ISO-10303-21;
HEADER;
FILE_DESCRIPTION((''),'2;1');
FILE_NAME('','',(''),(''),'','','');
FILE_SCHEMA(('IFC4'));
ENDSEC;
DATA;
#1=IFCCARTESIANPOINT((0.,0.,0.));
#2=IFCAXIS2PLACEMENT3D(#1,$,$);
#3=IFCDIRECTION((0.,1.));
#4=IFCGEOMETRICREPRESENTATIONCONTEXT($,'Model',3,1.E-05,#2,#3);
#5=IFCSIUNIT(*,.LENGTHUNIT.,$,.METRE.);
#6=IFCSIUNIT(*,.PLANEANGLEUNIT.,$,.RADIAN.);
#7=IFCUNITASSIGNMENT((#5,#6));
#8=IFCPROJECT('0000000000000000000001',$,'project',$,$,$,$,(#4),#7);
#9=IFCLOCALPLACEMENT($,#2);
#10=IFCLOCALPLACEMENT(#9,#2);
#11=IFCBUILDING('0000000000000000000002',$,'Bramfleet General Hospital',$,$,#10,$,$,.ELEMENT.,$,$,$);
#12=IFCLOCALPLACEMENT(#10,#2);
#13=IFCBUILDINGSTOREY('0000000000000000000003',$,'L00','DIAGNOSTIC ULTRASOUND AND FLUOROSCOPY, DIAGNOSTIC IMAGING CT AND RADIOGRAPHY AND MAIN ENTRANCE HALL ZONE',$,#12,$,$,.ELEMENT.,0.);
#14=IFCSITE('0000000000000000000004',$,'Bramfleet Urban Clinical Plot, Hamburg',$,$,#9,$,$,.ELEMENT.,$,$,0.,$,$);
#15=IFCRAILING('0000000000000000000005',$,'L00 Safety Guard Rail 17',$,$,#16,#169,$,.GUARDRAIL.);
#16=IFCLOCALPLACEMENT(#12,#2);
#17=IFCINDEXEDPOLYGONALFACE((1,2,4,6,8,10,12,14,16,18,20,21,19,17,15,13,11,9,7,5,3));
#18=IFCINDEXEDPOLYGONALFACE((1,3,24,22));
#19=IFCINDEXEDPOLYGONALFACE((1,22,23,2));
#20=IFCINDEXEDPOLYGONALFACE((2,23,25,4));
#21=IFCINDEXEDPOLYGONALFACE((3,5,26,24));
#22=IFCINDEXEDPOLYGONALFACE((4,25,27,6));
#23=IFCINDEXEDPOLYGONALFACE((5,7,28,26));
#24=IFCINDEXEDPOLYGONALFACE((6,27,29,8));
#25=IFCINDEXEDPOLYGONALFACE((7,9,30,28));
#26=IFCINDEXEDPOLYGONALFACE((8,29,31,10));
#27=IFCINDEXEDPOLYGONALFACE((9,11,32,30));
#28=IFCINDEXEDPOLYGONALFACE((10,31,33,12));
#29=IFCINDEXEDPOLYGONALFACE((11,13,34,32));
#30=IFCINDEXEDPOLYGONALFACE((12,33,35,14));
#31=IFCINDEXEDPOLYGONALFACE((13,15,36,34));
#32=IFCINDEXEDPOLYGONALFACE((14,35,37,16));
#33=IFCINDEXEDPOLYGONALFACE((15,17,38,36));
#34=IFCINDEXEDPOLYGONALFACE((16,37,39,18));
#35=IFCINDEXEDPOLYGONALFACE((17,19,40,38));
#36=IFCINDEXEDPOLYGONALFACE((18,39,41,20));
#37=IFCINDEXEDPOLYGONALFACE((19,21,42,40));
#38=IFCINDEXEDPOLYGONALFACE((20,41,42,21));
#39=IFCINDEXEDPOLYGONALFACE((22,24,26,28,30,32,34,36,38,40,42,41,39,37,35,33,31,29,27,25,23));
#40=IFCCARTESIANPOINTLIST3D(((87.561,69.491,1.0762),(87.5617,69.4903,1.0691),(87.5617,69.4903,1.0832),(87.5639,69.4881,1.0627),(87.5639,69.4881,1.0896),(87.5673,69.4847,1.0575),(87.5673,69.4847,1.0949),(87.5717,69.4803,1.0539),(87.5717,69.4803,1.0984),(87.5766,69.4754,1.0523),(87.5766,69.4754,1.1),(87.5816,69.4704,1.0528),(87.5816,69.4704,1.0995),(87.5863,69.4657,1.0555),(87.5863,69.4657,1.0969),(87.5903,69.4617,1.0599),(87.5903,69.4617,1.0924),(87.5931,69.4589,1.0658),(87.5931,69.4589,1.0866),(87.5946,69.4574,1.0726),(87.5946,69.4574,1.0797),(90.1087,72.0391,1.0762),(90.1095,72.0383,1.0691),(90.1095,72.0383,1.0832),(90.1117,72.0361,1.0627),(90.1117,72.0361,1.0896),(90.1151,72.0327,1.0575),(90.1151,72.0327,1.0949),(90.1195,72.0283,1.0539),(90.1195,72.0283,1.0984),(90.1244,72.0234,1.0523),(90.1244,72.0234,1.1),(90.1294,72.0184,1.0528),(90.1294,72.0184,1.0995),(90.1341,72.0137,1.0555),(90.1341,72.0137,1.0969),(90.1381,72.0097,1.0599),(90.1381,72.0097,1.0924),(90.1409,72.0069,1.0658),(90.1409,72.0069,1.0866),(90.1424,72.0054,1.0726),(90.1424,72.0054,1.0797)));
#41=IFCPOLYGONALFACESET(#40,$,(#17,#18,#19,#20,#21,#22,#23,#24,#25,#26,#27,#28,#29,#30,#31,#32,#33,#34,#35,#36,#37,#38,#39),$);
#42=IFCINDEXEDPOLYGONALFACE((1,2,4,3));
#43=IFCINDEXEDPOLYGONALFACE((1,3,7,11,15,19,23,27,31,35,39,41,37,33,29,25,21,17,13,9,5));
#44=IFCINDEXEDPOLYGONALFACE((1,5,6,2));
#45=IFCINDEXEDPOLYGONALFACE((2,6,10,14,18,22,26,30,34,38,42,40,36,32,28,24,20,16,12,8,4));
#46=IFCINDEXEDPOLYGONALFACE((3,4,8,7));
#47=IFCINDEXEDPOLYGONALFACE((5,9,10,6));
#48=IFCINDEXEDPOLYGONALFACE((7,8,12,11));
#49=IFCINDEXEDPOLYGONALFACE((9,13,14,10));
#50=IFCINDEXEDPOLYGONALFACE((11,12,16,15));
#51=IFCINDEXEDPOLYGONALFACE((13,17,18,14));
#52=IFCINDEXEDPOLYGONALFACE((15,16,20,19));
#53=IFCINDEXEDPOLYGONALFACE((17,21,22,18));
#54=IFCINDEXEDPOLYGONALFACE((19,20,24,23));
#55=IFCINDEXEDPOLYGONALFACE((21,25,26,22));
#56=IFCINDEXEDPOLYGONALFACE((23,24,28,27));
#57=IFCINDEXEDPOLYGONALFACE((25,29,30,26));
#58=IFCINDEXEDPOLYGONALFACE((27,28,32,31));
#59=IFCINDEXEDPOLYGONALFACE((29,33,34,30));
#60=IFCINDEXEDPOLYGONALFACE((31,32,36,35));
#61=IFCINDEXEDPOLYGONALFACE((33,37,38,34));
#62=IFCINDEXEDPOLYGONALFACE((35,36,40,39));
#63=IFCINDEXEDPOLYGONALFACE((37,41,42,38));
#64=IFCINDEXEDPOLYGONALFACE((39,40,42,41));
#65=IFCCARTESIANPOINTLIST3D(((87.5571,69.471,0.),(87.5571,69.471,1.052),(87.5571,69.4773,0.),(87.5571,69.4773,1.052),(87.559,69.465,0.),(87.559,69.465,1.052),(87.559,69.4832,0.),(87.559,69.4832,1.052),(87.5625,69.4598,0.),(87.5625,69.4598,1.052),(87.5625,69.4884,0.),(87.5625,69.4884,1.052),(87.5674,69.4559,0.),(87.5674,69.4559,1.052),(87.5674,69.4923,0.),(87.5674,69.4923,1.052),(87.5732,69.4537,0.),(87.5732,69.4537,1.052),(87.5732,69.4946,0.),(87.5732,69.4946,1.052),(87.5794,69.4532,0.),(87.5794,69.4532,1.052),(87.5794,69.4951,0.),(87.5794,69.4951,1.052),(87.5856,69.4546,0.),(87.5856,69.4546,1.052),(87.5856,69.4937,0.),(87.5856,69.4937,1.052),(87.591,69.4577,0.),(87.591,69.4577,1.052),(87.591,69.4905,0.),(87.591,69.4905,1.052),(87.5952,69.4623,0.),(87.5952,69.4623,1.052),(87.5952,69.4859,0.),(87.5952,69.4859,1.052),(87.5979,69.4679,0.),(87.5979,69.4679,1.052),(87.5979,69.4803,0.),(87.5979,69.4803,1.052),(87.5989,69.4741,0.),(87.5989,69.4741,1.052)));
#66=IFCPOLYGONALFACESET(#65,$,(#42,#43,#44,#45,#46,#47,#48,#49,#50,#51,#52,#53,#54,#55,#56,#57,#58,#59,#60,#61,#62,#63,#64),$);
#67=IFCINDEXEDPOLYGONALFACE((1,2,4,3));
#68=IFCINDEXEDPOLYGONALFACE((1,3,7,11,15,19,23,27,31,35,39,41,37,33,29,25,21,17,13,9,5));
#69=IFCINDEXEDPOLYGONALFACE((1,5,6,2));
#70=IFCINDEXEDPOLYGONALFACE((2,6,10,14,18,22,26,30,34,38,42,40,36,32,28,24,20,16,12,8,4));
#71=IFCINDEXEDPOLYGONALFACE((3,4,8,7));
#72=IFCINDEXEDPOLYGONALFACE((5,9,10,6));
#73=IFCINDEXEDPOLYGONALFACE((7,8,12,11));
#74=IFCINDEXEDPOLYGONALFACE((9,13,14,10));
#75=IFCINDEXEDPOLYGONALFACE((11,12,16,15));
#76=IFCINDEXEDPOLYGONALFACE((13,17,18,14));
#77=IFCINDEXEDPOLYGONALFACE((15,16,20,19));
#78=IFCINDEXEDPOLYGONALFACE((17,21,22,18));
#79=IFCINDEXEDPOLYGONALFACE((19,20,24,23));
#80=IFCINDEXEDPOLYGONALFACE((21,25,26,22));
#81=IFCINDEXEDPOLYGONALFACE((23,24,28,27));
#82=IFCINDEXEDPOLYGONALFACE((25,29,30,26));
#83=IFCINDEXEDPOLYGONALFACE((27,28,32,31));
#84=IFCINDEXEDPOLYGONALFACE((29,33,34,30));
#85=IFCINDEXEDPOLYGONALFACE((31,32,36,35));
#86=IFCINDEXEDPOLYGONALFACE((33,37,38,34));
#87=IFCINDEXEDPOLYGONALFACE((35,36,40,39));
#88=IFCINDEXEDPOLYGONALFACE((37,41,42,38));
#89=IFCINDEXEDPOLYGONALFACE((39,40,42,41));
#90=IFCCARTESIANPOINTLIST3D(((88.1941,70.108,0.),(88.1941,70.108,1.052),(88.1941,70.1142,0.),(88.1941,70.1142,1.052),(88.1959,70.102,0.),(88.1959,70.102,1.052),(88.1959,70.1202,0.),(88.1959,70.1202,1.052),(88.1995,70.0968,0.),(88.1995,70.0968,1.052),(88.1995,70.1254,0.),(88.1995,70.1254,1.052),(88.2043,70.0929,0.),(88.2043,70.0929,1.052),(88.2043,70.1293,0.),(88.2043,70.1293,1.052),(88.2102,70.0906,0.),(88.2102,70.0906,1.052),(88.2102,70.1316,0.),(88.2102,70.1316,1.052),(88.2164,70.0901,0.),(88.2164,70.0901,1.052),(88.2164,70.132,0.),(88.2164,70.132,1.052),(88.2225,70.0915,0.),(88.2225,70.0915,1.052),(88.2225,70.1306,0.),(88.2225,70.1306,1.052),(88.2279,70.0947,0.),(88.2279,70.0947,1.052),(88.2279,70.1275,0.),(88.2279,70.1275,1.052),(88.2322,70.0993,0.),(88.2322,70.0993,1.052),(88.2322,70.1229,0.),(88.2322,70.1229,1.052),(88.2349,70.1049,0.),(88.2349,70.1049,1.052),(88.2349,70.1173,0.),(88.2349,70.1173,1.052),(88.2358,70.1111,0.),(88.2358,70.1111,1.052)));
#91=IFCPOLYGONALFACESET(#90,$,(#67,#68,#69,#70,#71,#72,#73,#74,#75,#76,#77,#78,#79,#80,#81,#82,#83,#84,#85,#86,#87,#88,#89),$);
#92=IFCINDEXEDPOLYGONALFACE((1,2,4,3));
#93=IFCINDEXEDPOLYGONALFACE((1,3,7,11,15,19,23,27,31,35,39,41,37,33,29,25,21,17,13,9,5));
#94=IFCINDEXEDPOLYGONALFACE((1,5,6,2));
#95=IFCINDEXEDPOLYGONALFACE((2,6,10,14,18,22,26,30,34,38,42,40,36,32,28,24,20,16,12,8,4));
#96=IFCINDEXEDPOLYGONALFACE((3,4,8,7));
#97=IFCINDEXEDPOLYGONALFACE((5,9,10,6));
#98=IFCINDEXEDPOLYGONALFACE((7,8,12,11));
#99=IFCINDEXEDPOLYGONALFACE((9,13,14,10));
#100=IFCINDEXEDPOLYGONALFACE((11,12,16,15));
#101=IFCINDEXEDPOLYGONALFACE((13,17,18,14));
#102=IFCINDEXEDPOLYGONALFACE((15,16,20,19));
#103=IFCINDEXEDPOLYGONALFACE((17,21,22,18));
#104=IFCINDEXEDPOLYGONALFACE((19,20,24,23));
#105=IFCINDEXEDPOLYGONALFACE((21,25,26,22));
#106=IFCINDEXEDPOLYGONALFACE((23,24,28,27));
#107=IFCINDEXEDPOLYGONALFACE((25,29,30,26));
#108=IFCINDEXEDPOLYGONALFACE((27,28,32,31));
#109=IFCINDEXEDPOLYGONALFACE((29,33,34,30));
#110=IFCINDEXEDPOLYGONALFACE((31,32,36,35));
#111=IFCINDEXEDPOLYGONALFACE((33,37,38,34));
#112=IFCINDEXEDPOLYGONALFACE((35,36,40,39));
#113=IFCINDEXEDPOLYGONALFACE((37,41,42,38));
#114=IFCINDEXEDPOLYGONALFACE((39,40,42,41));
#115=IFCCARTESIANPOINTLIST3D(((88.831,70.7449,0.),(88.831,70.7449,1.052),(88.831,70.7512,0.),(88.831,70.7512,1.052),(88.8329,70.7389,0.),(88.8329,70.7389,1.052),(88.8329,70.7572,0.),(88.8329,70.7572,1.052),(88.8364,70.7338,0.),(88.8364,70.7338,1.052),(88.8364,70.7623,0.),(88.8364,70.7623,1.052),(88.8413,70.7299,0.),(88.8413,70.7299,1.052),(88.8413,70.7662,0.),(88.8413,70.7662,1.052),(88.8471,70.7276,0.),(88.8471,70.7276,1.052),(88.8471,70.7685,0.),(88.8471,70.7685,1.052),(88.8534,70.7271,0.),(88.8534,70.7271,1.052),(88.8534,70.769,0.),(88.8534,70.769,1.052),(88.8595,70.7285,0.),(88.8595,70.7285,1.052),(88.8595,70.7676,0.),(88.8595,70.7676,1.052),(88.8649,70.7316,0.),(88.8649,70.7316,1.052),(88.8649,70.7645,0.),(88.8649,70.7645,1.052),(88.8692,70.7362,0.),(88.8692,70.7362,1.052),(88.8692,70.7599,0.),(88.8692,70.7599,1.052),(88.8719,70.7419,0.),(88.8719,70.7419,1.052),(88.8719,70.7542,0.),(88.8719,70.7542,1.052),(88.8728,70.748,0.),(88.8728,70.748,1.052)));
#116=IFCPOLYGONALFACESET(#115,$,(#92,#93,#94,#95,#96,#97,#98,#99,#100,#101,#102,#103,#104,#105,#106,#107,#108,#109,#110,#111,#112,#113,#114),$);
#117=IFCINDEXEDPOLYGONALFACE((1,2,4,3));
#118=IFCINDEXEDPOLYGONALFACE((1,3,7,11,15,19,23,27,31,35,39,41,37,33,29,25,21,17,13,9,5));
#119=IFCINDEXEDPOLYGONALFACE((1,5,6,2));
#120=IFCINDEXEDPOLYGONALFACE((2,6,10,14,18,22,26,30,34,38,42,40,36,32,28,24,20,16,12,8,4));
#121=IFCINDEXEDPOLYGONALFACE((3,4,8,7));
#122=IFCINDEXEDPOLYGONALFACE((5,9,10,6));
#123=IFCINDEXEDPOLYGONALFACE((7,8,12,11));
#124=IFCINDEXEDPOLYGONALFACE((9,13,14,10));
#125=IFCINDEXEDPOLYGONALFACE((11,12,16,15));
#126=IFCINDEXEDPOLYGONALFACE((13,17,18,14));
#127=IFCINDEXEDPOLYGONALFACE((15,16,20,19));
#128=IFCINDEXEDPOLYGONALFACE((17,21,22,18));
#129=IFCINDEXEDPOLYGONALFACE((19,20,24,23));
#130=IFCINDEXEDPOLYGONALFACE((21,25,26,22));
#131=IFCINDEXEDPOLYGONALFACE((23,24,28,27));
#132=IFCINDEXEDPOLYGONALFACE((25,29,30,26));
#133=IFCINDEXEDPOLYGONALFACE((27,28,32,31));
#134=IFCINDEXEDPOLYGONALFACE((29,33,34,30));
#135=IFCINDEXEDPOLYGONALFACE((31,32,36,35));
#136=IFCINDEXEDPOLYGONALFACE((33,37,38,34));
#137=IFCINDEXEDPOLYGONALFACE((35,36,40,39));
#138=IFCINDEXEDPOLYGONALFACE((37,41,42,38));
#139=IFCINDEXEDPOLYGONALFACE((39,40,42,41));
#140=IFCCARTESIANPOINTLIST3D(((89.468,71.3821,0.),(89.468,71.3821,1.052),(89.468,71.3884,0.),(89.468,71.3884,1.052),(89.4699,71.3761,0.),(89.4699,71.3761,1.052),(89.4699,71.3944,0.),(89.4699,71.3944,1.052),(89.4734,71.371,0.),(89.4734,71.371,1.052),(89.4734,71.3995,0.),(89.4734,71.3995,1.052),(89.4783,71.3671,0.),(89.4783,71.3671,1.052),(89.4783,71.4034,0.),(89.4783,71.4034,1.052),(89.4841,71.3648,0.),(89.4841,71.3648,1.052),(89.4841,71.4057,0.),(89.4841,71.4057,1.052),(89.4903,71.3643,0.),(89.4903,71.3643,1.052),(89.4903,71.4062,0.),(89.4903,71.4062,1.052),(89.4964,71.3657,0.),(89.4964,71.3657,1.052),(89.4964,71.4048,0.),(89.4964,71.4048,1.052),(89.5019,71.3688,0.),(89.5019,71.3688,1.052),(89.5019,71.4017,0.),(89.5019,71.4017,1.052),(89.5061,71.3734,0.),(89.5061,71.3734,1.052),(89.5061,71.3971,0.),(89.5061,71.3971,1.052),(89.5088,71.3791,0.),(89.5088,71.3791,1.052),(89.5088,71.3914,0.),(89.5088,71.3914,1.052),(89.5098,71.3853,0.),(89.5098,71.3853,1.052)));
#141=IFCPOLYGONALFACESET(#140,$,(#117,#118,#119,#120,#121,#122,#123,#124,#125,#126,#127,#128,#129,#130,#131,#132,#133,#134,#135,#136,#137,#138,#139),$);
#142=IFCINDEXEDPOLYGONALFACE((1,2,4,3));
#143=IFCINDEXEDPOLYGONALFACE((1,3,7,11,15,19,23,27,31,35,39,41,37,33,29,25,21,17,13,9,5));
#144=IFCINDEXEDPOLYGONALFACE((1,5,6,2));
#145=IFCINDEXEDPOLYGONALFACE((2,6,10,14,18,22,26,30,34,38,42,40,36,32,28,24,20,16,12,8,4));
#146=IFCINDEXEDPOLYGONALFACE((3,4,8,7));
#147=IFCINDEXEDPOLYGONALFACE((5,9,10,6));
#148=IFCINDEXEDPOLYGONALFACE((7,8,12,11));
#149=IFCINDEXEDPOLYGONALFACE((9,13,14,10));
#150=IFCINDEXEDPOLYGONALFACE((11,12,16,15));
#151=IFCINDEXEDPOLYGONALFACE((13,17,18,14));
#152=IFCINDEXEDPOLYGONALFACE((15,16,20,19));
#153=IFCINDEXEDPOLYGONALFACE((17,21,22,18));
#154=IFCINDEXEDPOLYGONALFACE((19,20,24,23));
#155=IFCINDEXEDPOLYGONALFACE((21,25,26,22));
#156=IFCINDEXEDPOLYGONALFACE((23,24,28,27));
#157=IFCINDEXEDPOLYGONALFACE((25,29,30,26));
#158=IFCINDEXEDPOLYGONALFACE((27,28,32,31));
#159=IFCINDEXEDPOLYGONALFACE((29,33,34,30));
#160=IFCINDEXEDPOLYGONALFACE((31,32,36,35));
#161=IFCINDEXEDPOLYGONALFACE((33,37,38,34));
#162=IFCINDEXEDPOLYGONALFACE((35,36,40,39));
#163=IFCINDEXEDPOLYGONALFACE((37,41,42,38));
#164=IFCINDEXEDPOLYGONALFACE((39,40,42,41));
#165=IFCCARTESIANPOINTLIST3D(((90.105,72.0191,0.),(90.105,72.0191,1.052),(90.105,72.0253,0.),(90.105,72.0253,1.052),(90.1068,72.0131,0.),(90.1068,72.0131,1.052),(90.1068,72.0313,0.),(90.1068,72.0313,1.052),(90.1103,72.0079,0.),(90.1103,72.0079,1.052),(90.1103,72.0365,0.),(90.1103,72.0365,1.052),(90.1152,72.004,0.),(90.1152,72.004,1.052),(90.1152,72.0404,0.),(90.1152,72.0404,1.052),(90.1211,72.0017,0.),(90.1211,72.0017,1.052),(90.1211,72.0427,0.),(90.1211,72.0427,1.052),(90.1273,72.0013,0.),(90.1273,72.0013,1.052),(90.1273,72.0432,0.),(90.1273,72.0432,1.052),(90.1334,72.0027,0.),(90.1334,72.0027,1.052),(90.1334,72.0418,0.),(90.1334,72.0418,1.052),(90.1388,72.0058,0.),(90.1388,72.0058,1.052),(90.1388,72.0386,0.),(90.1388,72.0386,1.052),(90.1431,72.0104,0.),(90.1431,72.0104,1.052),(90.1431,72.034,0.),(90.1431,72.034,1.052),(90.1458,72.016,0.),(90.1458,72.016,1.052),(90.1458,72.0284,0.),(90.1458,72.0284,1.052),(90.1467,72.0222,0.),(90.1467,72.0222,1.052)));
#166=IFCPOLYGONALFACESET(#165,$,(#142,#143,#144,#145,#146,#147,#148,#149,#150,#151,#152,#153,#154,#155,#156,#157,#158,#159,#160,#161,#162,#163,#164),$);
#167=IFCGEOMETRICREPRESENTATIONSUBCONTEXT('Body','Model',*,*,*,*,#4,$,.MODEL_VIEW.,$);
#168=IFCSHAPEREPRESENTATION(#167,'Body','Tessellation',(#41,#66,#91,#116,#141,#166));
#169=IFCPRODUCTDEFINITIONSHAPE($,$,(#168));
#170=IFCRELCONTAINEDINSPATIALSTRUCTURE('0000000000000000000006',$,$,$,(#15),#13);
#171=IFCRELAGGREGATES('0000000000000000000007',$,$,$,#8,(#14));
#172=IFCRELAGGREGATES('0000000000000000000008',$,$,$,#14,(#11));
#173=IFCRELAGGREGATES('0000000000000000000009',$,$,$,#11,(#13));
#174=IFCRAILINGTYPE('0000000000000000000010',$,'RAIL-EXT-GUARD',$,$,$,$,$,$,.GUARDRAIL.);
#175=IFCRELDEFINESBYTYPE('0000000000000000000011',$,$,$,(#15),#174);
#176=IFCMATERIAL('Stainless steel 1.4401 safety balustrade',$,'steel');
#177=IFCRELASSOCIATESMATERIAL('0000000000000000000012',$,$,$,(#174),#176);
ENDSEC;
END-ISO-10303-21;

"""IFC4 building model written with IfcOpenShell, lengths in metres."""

from ifc_helpers import new_model, si_unit, direction, frame, origin, origin_2d, place, context, subcontext, project, spatial, circle, extrude, material, type_object, element, save


model = new_model("IFC4")

# Units and contexts
model_context = context("Model", 3, precision=1e-05, world=origin(), true_north=direction((0.0, 1.0)))
body_context = subcontext(model_context, "Body", "Model", "MODEL_VIEW")
ifc_project = project(units=[si_unit("LENGTHUNIT", "METRE"), si_unit("PLANEANGLEUNIT", "RADIAN")], contexts=[model_context])

# Site, building, storey
site_placement = place(None, origin())
site = spatial("IfcSite", under=ifc_project, at=site_placement, Name="Bramfleet Urban Clinical Plot, Hamburg", CompositionType="ELEMENT", RefElevation=0.0)
building_placement = place(site_placement, origin())
building = spatial("IfcBuilding", under=site, at=building_placement, Name="Bramfleet General Hospital", CompositionType="ELEMENT")
storey_placement = place(building_placement, origin())
storey = spatial("IfcBuildingStorey", under=building, at=storey_placement, Name="L00", Description="DIAGNOSTIC ULTRASOUND AND FLUOROSCOPY, DIAGNOSTIC IMAGING CT AND RADIOGRAPHY AND MAIN ENTRANCE HALL ZONE", CompositionType="ELEMENT", Elevation=0.0)

# Railing
ifc_material_1 = material(Name="Stainless steel 1.4401 safety balustrade", Category="steel")
railing_type = type_object("IfcRailingType", Name="RAIL-EXT-GUARD", PredefinedType="GUARDRAIL", material=ifc_material_1)
railing_1_placement = place(storey_placement, frame((87.5779, 69.4741, 0.0)))
element("IfcRailing", 1, at=railing_1_placement, inside=storey, type_object=railing_type, Name="L00 Safety Guard Rail 17", PredefinedType="GUARDRAIL", context=body_context, shape_type="SweptSolid", body=[
    extrude(circle(Radius=0.0239, at=origin_2d()), frame((0.0, 0.0, 1.0762), z_axis=(0.707073, 0.707141, 0.0), x_axis=(-0.707141, 0.707073, 0.0)), (0.0, 0.0, 1.0), 3.6033),
    extrude(circle(Radius=0.021, at=origin_2d()), origin(), (0.0, 0.0, 1.0), 1.052),
    extrude(circle(Radius=0.021, at=origin_2d()), frame((0.637, 0.637, 0.0)), (0.0, 0.0, 1.0), 1.052),
    extrude(circle(Radius=0.021, at=origin_2d()), frame((1.2739, 1.2739, 0.0)), (0.0, 0.0, 1.0), 1.052),
    extrude(circle(Radius=0.021, at=origin_2d()), frame((1.9109, 1.9111, 0.0)), (0.0, 0.0, 1.0), 1.052),
    extrude(circle(Radius=0.021, at=origin_2d()), frame((2.5479, 2.5481, 0.0)), (0.0, 0.0, 1.0), 1.052),
])

save(model, "model.ifc")
